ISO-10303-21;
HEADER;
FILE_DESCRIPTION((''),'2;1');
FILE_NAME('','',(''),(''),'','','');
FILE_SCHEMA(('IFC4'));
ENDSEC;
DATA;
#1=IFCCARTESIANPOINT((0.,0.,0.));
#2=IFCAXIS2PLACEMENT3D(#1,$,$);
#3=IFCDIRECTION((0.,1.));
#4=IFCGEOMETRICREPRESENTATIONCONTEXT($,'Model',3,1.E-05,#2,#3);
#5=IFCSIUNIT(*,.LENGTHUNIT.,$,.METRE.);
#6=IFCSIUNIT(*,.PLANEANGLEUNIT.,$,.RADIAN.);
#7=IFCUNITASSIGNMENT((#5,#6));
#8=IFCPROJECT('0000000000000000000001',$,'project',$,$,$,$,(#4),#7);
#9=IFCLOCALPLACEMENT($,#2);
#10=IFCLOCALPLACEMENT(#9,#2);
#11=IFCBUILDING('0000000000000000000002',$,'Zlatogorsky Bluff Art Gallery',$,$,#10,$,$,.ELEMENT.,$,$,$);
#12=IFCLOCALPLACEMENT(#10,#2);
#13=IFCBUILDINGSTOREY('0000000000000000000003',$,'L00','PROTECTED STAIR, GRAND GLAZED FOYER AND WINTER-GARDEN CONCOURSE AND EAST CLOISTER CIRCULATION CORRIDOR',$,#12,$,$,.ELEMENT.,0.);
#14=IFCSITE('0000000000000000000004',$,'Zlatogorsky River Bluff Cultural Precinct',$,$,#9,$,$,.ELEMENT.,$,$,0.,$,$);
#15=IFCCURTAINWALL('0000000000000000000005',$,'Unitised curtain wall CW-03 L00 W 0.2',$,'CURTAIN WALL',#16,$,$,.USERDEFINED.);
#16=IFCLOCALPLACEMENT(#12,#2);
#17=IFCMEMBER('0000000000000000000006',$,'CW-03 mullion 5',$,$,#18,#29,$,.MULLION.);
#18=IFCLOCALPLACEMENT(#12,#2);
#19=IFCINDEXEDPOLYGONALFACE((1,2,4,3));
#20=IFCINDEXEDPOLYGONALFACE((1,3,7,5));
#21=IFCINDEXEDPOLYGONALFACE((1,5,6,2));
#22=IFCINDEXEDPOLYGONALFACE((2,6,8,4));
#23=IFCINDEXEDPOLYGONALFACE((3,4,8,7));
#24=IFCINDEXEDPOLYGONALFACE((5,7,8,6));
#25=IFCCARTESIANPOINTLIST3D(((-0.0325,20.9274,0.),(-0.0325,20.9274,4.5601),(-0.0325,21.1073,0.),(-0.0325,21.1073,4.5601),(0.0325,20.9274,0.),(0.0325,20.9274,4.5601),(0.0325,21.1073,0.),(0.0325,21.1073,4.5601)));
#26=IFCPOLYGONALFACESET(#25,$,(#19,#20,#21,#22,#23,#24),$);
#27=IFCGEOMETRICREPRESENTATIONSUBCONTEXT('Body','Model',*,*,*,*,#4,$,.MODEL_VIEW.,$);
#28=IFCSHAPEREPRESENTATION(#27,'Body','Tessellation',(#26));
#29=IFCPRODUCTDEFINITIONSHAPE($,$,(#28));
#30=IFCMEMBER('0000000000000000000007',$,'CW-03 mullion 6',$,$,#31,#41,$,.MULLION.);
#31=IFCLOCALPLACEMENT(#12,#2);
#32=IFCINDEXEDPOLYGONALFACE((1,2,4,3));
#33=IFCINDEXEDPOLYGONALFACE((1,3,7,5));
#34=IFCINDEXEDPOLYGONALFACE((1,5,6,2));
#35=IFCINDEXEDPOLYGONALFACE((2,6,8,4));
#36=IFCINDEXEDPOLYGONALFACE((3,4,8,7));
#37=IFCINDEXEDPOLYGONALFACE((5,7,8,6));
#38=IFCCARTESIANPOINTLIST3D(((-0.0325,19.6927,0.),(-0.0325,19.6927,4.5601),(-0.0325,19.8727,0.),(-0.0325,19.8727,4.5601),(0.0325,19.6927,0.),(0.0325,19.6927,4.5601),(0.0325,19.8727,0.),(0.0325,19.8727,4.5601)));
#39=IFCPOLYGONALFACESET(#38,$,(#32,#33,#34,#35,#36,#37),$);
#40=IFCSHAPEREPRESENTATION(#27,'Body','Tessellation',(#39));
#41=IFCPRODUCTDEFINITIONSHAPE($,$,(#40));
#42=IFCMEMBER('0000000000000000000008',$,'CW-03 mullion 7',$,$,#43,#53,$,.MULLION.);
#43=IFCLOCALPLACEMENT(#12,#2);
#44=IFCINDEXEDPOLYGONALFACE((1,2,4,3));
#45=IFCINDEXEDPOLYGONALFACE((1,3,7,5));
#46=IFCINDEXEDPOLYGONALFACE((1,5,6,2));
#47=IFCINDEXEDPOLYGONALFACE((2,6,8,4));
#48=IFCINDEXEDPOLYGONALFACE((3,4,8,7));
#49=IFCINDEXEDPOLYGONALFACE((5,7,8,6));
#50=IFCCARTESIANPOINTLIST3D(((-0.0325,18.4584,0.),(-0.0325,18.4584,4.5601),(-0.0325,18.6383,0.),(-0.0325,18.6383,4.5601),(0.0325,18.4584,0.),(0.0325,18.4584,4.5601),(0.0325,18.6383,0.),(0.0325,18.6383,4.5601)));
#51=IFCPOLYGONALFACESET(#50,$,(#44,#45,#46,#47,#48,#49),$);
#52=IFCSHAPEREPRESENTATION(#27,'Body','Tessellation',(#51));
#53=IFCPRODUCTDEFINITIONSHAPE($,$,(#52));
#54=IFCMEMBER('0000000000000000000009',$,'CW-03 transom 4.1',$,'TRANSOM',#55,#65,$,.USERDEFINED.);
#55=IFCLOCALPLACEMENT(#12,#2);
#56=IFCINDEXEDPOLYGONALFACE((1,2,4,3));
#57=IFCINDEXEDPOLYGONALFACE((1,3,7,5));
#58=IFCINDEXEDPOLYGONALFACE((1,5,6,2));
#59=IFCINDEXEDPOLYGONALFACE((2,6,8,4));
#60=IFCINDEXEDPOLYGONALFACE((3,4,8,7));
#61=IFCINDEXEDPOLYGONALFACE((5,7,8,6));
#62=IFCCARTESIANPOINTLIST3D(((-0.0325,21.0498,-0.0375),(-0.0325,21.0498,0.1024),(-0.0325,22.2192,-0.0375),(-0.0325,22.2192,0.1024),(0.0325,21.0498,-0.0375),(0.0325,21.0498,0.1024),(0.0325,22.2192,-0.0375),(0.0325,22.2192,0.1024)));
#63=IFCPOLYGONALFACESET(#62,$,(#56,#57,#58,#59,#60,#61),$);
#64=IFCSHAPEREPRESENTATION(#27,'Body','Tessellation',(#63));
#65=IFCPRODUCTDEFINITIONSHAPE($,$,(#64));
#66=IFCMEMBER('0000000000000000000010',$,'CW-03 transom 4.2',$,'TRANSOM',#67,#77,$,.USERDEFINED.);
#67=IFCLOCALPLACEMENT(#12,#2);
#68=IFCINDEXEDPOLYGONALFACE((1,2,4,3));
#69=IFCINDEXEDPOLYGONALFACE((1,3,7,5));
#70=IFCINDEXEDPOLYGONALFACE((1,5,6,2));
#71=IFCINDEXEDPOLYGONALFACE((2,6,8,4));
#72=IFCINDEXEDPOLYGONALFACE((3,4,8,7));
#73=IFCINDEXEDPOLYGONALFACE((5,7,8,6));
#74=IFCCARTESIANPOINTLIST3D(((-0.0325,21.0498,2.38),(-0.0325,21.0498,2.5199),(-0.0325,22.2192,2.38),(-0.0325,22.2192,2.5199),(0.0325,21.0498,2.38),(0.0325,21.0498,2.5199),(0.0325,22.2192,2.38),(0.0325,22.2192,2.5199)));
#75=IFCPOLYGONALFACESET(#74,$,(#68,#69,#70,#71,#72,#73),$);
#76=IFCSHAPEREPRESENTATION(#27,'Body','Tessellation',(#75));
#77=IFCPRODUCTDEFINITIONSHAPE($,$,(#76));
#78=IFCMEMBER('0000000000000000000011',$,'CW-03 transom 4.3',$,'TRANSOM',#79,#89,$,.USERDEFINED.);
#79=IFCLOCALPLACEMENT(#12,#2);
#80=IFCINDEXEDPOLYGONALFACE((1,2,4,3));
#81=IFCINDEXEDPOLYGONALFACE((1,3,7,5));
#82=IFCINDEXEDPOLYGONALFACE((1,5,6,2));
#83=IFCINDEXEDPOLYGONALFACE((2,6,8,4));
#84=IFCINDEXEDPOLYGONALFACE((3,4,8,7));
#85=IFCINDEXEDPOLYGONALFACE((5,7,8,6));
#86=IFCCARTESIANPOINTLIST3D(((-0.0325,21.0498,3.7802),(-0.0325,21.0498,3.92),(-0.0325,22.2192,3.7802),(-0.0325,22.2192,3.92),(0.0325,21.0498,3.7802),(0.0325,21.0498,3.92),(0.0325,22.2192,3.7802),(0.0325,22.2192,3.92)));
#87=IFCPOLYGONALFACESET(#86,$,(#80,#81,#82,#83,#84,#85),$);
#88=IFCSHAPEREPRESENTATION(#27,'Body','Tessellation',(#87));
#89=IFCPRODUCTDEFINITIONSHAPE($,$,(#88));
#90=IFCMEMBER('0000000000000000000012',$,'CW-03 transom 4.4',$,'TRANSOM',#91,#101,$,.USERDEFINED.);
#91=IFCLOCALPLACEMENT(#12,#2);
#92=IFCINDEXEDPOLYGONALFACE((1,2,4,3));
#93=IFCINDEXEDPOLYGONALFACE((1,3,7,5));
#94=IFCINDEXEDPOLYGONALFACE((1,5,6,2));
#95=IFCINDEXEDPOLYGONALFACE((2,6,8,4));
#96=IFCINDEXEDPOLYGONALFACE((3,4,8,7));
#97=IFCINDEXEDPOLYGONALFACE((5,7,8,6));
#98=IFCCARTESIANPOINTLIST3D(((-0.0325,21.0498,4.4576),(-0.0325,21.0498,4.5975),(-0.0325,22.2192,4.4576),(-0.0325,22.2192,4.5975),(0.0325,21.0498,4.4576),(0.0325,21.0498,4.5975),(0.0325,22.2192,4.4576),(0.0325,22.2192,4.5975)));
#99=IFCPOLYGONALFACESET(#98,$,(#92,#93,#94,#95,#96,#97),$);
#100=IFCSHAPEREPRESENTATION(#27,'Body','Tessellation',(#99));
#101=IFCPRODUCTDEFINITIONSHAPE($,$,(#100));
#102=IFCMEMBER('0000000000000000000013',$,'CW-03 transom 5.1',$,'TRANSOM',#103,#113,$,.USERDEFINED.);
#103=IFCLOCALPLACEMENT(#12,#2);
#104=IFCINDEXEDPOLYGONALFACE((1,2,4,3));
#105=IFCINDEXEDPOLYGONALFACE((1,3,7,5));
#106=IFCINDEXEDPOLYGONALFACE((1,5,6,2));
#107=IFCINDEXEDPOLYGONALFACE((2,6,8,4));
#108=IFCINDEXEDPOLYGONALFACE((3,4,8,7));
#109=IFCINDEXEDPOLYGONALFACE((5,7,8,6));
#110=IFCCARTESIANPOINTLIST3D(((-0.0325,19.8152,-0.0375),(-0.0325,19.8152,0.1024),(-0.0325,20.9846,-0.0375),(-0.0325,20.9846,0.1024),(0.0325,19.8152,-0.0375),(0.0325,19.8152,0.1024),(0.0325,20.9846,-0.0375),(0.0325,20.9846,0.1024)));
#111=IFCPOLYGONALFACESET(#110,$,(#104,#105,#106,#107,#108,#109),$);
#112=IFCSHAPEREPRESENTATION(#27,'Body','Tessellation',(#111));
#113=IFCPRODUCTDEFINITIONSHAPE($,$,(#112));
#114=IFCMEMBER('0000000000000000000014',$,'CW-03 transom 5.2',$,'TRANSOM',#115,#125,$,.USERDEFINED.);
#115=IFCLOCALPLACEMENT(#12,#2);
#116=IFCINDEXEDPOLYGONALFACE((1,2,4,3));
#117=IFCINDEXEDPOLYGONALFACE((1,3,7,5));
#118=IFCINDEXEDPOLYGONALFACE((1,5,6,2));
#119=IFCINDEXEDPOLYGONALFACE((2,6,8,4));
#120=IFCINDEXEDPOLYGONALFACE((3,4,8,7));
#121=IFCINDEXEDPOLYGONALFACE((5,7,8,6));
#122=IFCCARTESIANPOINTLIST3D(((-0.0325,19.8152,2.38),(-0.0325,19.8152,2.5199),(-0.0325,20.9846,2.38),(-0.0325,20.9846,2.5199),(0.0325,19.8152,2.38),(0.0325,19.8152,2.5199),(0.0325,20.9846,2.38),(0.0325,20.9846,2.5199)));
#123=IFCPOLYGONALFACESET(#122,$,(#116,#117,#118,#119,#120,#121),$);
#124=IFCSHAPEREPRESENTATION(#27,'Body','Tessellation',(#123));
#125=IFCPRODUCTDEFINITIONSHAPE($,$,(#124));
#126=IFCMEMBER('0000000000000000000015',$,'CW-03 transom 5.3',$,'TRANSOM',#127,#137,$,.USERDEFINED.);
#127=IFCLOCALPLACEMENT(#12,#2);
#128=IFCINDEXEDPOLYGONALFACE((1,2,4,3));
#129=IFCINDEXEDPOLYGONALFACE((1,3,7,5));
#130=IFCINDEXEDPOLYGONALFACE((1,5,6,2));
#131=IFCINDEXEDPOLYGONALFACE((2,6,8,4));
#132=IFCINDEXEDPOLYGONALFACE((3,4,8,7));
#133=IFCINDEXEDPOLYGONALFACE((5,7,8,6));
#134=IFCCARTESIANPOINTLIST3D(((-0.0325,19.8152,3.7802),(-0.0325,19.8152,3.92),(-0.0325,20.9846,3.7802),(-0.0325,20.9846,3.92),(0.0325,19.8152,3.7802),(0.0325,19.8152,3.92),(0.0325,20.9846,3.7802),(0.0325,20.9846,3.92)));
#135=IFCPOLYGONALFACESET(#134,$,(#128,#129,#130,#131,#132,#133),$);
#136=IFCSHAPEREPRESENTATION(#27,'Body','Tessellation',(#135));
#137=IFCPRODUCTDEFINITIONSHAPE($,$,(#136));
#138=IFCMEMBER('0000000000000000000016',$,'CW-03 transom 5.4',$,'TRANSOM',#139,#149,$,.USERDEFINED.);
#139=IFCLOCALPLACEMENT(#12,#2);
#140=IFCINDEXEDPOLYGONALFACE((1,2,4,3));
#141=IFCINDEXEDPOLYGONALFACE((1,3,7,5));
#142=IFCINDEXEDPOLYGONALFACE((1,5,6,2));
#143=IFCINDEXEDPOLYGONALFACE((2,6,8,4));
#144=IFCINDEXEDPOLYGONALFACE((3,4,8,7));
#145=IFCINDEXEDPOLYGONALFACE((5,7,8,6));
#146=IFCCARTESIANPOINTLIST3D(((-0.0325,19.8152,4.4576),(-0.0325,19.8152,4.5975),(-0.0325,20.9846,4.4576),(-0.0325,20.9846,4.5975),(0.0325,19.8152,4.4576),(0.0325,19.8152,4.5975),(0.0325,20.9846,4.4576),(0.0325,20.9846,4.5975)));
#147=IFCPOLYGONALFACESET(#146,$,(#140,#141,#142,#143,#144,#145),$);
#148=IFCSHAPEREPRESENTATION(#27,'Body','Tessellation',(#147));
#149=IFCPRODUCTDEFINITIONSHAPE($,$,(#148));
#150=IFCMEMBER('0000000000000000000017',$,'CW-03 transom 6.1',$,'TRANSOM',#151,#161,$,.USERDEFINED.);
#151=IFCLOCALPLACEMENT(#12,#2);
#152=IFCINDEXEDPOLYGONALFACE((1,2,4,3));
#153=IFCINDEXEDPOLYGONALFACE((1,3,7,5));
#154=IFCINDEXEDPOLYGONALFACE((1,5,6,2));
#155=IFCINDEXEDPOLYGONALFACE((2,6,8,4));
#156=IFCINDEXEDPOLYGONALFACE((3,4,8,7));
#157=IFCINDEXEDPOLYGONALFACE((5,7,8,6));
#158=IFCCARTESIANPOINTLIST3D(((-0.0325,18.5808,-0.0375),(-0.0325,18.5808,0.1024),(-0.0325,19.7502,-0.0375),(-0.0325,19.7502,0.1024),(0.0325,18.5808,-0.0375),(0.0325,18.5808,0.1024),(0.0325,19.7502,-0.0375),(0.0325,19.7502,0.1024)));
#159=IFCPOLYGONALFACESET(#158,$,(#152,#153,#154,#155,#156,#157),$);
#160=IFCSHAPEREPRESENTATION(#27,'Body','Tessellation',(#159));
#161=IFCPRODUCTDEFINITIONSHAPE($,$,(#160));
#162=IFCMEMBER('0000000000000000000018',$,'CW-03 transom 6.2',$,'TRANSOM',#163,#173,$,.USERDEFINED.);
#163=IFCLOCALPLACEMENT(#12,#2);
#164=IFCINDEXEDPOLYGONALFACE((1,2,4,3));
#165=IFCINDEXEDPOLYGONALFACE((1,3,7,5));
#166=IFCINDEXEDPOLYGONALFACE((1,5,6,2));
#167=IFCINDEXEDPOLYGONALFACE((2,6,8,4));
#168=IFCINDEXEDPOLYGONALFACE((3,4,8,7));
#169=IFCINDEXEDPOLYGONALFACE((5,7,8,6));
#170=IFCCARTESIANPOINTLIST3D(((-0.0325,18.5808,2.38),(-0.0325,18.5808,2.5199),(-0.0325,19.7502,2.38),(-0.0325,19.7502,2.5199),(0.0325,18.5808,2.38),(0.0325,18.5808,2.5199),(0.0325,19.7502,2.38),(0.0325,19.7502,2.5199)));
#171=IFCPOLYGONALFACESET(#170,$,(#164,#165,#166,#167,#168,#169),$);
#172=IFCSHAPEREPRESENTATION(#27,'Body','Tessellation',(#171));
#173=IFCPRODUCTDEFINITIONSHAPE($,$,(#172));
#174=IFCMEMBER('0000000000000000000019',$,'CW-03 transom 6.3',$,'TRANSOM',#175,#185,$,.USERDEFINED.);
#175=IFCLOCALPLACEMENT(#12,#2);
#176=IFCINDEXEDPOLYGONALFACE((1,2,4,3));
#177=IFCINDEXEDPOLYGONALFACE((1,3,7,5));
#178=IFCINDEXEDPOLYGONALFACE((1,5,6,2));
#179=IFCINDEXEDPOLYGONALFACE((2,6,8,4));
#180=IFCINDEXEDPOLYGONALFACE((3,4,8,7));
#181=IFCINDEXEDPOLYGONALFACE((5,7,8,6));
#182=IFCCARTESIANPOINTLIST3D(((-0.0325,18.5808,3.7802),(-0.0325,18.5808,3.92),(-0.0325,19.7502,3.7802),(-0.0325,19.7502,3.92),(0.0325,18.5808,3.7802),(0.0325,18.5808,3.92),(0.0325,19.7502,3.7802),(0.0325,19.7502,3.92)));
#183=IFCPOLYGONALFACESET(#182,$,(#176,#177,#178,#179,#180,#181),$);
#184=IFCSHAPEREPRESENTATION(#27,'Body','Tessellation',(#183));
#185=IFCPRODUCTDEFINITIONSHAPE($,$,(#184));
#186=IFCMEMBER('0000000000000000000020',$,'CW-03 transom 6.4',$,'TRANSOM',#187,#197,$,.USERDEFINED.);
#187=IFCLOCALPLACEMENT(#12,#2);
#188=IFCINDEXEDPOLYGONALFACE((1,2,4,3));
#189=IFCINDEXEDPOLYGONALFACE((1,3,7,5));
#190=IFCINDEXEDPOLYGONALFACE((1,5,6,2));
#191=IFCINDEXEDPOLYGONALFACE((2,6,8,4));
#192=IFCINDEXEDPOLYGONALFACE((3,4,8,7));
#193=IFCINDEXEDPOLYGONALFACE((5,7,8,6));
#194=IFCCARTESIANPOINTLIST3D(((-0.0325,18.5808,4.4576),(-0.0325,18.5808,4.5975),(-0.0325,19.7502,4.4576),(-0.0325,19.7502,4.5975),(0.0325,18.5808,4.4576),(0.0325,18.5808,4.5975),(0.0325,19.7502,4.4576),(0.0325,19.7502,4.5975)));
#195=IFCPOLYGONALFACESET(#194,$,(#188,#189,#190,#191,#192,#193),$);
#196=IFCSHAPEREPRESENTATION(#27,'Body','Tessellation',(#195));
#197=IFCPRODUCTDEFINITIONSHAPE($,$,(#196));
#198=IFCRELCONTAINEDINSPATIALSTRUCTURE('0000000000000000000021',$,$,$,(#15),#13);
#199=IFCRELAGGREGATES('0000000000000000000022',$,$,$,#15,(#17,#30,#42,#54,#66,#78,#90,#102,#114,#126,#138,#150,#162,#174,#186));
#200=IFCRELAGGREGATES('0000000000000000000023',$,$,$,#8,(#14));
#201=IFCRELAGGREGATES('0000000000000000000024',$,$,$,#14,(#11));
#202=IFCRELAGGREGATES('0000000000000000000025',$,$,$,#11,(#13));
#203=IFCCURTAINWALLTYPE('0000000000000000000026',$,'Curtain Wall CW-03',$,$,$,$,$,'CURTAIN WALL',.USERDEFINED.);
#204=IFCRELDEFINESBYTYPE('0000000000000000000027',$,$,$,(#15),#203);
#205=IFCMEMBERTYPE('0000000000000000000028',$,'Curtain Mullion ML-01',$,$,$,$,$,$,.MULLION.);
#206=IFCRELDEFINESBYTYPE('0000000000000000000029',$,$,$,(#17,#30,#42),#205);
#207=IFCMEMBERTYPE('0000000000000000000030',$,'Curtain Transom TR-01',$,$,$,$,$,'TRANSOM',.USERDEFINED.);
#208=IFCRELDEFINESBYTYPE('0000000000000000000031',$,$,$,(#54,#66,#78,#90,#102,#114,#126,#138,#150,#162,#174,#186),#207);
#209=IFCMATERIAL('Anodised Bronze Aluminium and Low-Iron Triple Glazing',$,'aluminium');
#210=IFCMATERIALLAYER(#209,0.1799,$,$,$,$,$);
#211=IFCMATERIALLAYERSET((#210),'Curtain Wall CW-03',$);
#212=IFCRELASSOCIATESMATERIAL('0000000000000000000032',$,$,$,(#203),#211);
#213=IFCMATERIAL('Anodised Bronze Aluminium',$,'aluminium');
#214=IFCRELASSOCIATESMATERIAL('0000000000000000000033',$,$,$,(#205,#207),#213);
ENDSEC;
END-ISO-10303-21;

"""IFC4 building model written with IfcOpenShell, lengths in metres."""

from ifc_helpers import new_model, si_unit, direction, frame, origin, origin_2d, place, context, subcontext, project, spatial, rectangle, extrude, material, layer, layer_set, material_profile, profile_set, type_object, element, aggregate, save


model = new_model("IFC4")

# Units and contexts
model_context = context("Model", 3, precision=1e-05, world=origin(), true_north=direction((0.0, 1.0)))
body_context = subcontext(model_context, "Body", "Model", "MODEL_VIEW")
ifc_project = project(units=[si_unit("LENGTHUNIT", "METRE"), si_unit("PLANEANGLEUNIT", "RADIAN")], contexts=[model_context])

# Site, building, storey
site_placement = place(None, origin())
site = spatial("IfcSite", under=ifc_project, at=site_placement, Name="Zlatogorsky River Bluff Cultural Precinct", CompositionType="ELEMENT", RefElevation=0.0)
building_placement = place(site_placement, origin())
building = spatial("IfcBuilding", under=site, at=building_placement, Name="Zlatogorsky Bluff Art Gallery", CompositionType="ELEMENT")
storey_placement = place(building_placement, origin())
storey = spatial("IfcBuildingStorey", under=building, at=storey_placement, Name="L00", Description="PROTECTED STAIR, GRAND GLAZED FOYER AND WINTER-GARDEN CONCOURSE AND EAST CLOISTER CIRCULATION CORRIDOR", CompositionType="ELEMENT", Elevation=0.0)

# Curtain wall, members
ifc_material_1 = material(Name="Anodised Bronze Aluminium and Low-Iron Triple Glazing", Category="aluminium")
ifc_layer_1 = layer(ifc_material_1, 0.1799)
ifc_layer_set_1 = layer_set([ifc_layer_1], Name="Curtain Wall CW-03")
curtain_wall_type = type_object("IfcCurtainWallType", Name="Curtain Wall CW-03", ElementType="CURTAIN WALL", PredefinedType="USERDEFINED", material=ifc_layer_set_1)
curtain_wall_placement = place(storey_placement, origin())
curtain_wall = element("IfcCurtainWall", 1, at=curtain_wall_placement, inside=storey, type_object=curtain_wall_type, Name="Unitised curtain wall CW-03 L00 W 0.2", ObjectType="CURTAIN WALL", PredefinedType="USERDEFINED")
ifc_material_2 = material(Name="Anodised Bronze Aluminium", Category="aluminium")
ifc_material_profile_1 = material_profile(ifc_material_2, rectangle(XDim=0.0649, YDim=0.1799, at=origin_2d()), Name="ALU MULLION 65x180")
ifc_profile_set_1 = profile_set([ifc_material_profile_1], Name="Anodised Bronze Aluminium")
member_type_1 = type_object("IfcMemberType", Name="Curtain Mullion ML-01", PredefinedType="MULLION", material=ifc_profile_set_1)
member_1_placement = place(storey_placement, frame((0.0, 21.0173, 0.0), z_axis=(0.0, 0.0, 1.0), x_axis=(1.0, 0.0, 0.0)))
member_1 = element("IfcMember", 2, at=member_1_placement, type_object=member_type_1, Name="CW-03 mullion 5", PredefinedType="MULLION", context=body_context, shape_type="SweptSolid", body=[
    extrude(rectangle(XDim=0.0649, YDim=0.1799, at=origin_2d()), origin(), (0.0, 0.0, 1.0), 4.5601),
])
member_2_placement = place(storey_placement, frame((0.0, 19.7827, 0.0), z_axis=(0.0, 0.0, 1.0), x_axis=(1.0, 0.0, 0.0)))
member_2 = element("IfcMember", 3, at=member_2_placement, type_object=member_type_1, Name="CW-03 mullion 6", PredefinedType="MULLION", context=body_context, shape_type="SweptSolid", body=[
    extrude(rectangle(XDim=0.0649, YDim=0.1799, at=origin_2d()), origin(), (0.0, 0.0, 1.0), 4.5601),
])
member_3_placement = place(storey_placement, frame((0.0, 18.5483, 0.0), z_axis=(0.0, 0.0, 1.0), x_axis=(1.0, 0.0, 0.0)))
member_3 = element("IfcMember", 4, at=member_3_placement, type_object=member_type_1, Name="CW-03 mullion 7", PredefinedType="MULLION", context=body_context, shape_type="SweptSolid", body=[
    extrude(rectangle(XDim=0.0649, YDim=0.1799, at=origin_2d()), origin(), (0.0, 0.0, 1.0), 4.5601),
])
ifc_material_profile_2 = material_profile(ifc_material_2, rectangle(XDim=0.0649, YDim=0.1399, at=origin_2d()), Name="ALU TRANSOM 65x140")
ifc_profile_set_2 = profile_set([ifc_material_profile_2], Name="Anodised Bronze Aluminium")
member_type_2 = type_object("IfcMemberType", Name="Curtain Transom TR-01", ElementType="TRANSOM", PredefinedType="USERDEFINED", material=ifc_profile_set_2)
member_4_placement = place(storey_placement, frame((0.0, 22.2192, 0.0325), z_axis=(0.0, -1.0, 0.0), x_axis=(1.0, 0.0, 0.0)))
member_4 = element("IfcMember", 5, at=member_4_placement, type_object=member_type_2, Name="CW-03 transom 4.1", ObjectType="TRANSOM", PredefinedType="USERDEFINED", context=body_context, shape_type="SweptSolid", body=[
    extrude(rectangle(XDim=0.0649, YDim=0.1399, at=origin_2d()), origin(), (0.0, 0.0, 1.0), 1.1694),
])
member_5_placement = place(storey_placement, frame((0.0, 22.2192, 2.45), z_axis=(0.0, -1.0, 0.0), x_axis=(1.0, 0.0, 0.0)))
member_5 = element("IfcMember", 6, at=member_5_placement, type_object=member_type_2, Name="CW-03 transom 4.2", ObjectType="TRANSOM", PredefinedType="USERDEFINED", context=body_context, shape_type="SweptSolid", body=[
    extrude(rectangle(XDim=0.0649, YDim=0.1399, at=origin_2d()), origin(), (0.0, 0.0, 1.0), 1.1694),
])
member_6_placement = place(storey_placement, frame((0.0, 22.2192, 3.8501), z_axis=(0.0, -1.0, 0.0), x_axis=(1.0, 0.0, 0.0)))
member_6 = element("IfcMember", 7, at=member_6_placement, type_object=member_type_2, Name="CW-03 transom 4.3", ObjectType="TRANSOM", PredefinedType="USERDEFINED", context=body_context, shape_type="SweptSolid", body=[
    extrude(rectangle(XDim=0.0649, YDim=0.1399, at=origin_2d()), origin(), (0.0, 0.0, 1.0), 1.1694),
])
member_7_placement = place(storey_placement, frame((0.0, 22.2192, 4.5276), z_axis=(0.0, -1.0, 0.0), x_axis=(1.0, 0.0, 0.0)))
member_7 = element("IfcMember", 8, at=member_7_placement, type_object=member_type_2, Name="CW-03 transom 4.4", ObjectType="TRANSOM", PredefinedType="USERDEFINED", context=body_context, shape_type="SweptSolid", body=[
    extrude(rectangle(XDim=0.0649, YDim=0.1399, at=origin_2d()), origin(), (0.0, 0.0, 1.0), 1.1694),
])
member_8_placement = place(storey_placement, frame((0.0, 20.9846, 0.0325), z_axis=(0.0, -1.0, 0.0), x_axis=(1.0, 0.0, 0.0)))
member_8 = element("IfcMember", 9, at=member_8_placement, type_object=member_type_2, Name="CW-03 transom 5.1", ObjectType="TRANSOM", PredefinedType="USERDEFINED", context=body_context, shape_type="SweptSolid", body=[
    extrude(rectangle(XDim=0.0649, YDim=0.1399, at=origin_2d()), origin(), (0.0, 0.0, 1.0), 1.1694),
])
member_9_placement = place(storey_placement, frame((0.0, 20.9846, 2.45), z_axis=(0.0, -1.0, 0.0), x_axis=(1.0, 0.0, 0.0)))
member_9 = element("IfcMember", 10, at=member_9_placement, type_object=member_type_2, Name="CW-03 transom 5.2", ObjectType="TRANSOM", PredefinedType="USERDEFINED", context=body_context, shape_type="SweptSolid", body=[
    extrude(rectangle(XDim=0.0649, YDim=0.1399, at=origin_2d()), origin(), (0.0, 0.0, 1.0), 1.1694),
])
member_10_placement = place(storey_placement, frame((0.0, 20.9846, 3.8501), z_axis=(0.0, -1.0, 0.0), x_axis=(1.0, 0.0, 0.0)))
member_10 = element("IfcMember", 11, at=member_10_placement, type_object=member_type_2, Name="CW-03 transom 5.3", ObjectType="TRANSOM", PredefinedType="USERDEFINED", context=body_context, shape_type="SweptSolid", body=[
    extrude(rectangle(XDim=0.0649, YDim=0.1399, at=origin_2d()), origin(), (0.0, 0.0, 1.0), 1.1694),
])
member_11_placement = place(storey_placement, frame((0.0, 20.9846, 4.5276), z_axis=(0.0, -1.0, 0.0), x_axis=(1.0, 0.0, 0.0)))
member_11 = element("IfcMember", 12, at=member_11_placement, type_object=member_type_2, Name="CW-03 transom 5.4", ObjectType="TRANSOM", PredefinedType="USERDEFINED", context=body_context, shape_type="SweptSolid", body=[
    extrude(rectangle(XDim=0.0649, YDim=0.1399, at=origin_2d()), origin(), (0.0, 0.0, 1.0), 1.1694),
])
member_12_placement = place(storey_placement, frame((0.0, 19.7502, 0.0325), z_axis=(0.0, -1.0, 0.0), x_axis=(1.0, 0.0, 0.0)))
member_12 = element("IfcMember", 13, at=member_12_placement, type_object=member_type_2, Name="CW-03 transom 6.1", ObjectType="TRANSOM", PredefinedType="USERDEFINED", context=body_context, shape_type="SweptSolid", body=[
    extrude(rectangle(XDim=0.0649, YDim=0.1399, at=origin_2d()), origin(), (0.0, 0.0, 1.0), 1.1694),
])
member_13_placement = place(storey_placement, frame((0.0, 19.7502, 2.45), z_axis=(0.0, -1.0, 0.0), x_axis=(1.0, 0.0, 0.0)))
member_13 = element("IfcMember", 14, at=member_13_placement, type_object=member_type_2, Name="CW-03 transom 6.2", ObjectType="TRANSOM", PredefinedType="USERDEFINED", context=body_context, shape_type="SweptSolid", body=[
    extrude(rectangle(XDim=0.0649, YDim=0.1399, at=origin_2d()), origin(), (0.0, 0.0, 1.0), 1.1694),
])
member_14_placement = place(storey_placement, frame((0.0, 19.7502, 3.8501), z_axis=(0.0, -1.0, 0.0), x_axis=(1.0, 0.0, 0.0)))
member_14 = element("IfcMember", 15, at=member_14_placement, type_object=member_type_2, Name="CW-03 transom 6.3", ObjectType="TRANSOM", PredefinedType="USERDEFINED", context=body_context, shape_type="SweptSolid", body=[
    extrude(rectangle(XDim=0.0649, YDim=0.1399, at=origin_2d()), origin(), (0.0, 0.0, 1.0), 1.1694),
])
member_15_placement = place(storey_placement, frame((0.0, 19.7502, 4.5276), z_axis=(0.0, -1.0, 0.0), x_axis=(1.0, 0.0, 0.0)))
member_15 = element("IfcMember", 16, at=member_15_placement, type_object=member_type_2, Name="CW-03 transom 6.4", ObjectType="TRANSOM", PredefinedType="USERDEFINED", context=body_context, shape_type="SweptSolid", body=[
    extrude(rectangle(XDim=0.0649, YDim=0.1399, at=origin_2d()), origin(), (0.0, 0.0, 1.0), 1.1694),
])
aggregate(curtain_wall, [member_1, member_2, member_3, member_4, member_5, member_6, member_7, member_8, member_9, member_10, member_11, member_12, member_13, member_14, member_15])

save(model, "model.ifc")
